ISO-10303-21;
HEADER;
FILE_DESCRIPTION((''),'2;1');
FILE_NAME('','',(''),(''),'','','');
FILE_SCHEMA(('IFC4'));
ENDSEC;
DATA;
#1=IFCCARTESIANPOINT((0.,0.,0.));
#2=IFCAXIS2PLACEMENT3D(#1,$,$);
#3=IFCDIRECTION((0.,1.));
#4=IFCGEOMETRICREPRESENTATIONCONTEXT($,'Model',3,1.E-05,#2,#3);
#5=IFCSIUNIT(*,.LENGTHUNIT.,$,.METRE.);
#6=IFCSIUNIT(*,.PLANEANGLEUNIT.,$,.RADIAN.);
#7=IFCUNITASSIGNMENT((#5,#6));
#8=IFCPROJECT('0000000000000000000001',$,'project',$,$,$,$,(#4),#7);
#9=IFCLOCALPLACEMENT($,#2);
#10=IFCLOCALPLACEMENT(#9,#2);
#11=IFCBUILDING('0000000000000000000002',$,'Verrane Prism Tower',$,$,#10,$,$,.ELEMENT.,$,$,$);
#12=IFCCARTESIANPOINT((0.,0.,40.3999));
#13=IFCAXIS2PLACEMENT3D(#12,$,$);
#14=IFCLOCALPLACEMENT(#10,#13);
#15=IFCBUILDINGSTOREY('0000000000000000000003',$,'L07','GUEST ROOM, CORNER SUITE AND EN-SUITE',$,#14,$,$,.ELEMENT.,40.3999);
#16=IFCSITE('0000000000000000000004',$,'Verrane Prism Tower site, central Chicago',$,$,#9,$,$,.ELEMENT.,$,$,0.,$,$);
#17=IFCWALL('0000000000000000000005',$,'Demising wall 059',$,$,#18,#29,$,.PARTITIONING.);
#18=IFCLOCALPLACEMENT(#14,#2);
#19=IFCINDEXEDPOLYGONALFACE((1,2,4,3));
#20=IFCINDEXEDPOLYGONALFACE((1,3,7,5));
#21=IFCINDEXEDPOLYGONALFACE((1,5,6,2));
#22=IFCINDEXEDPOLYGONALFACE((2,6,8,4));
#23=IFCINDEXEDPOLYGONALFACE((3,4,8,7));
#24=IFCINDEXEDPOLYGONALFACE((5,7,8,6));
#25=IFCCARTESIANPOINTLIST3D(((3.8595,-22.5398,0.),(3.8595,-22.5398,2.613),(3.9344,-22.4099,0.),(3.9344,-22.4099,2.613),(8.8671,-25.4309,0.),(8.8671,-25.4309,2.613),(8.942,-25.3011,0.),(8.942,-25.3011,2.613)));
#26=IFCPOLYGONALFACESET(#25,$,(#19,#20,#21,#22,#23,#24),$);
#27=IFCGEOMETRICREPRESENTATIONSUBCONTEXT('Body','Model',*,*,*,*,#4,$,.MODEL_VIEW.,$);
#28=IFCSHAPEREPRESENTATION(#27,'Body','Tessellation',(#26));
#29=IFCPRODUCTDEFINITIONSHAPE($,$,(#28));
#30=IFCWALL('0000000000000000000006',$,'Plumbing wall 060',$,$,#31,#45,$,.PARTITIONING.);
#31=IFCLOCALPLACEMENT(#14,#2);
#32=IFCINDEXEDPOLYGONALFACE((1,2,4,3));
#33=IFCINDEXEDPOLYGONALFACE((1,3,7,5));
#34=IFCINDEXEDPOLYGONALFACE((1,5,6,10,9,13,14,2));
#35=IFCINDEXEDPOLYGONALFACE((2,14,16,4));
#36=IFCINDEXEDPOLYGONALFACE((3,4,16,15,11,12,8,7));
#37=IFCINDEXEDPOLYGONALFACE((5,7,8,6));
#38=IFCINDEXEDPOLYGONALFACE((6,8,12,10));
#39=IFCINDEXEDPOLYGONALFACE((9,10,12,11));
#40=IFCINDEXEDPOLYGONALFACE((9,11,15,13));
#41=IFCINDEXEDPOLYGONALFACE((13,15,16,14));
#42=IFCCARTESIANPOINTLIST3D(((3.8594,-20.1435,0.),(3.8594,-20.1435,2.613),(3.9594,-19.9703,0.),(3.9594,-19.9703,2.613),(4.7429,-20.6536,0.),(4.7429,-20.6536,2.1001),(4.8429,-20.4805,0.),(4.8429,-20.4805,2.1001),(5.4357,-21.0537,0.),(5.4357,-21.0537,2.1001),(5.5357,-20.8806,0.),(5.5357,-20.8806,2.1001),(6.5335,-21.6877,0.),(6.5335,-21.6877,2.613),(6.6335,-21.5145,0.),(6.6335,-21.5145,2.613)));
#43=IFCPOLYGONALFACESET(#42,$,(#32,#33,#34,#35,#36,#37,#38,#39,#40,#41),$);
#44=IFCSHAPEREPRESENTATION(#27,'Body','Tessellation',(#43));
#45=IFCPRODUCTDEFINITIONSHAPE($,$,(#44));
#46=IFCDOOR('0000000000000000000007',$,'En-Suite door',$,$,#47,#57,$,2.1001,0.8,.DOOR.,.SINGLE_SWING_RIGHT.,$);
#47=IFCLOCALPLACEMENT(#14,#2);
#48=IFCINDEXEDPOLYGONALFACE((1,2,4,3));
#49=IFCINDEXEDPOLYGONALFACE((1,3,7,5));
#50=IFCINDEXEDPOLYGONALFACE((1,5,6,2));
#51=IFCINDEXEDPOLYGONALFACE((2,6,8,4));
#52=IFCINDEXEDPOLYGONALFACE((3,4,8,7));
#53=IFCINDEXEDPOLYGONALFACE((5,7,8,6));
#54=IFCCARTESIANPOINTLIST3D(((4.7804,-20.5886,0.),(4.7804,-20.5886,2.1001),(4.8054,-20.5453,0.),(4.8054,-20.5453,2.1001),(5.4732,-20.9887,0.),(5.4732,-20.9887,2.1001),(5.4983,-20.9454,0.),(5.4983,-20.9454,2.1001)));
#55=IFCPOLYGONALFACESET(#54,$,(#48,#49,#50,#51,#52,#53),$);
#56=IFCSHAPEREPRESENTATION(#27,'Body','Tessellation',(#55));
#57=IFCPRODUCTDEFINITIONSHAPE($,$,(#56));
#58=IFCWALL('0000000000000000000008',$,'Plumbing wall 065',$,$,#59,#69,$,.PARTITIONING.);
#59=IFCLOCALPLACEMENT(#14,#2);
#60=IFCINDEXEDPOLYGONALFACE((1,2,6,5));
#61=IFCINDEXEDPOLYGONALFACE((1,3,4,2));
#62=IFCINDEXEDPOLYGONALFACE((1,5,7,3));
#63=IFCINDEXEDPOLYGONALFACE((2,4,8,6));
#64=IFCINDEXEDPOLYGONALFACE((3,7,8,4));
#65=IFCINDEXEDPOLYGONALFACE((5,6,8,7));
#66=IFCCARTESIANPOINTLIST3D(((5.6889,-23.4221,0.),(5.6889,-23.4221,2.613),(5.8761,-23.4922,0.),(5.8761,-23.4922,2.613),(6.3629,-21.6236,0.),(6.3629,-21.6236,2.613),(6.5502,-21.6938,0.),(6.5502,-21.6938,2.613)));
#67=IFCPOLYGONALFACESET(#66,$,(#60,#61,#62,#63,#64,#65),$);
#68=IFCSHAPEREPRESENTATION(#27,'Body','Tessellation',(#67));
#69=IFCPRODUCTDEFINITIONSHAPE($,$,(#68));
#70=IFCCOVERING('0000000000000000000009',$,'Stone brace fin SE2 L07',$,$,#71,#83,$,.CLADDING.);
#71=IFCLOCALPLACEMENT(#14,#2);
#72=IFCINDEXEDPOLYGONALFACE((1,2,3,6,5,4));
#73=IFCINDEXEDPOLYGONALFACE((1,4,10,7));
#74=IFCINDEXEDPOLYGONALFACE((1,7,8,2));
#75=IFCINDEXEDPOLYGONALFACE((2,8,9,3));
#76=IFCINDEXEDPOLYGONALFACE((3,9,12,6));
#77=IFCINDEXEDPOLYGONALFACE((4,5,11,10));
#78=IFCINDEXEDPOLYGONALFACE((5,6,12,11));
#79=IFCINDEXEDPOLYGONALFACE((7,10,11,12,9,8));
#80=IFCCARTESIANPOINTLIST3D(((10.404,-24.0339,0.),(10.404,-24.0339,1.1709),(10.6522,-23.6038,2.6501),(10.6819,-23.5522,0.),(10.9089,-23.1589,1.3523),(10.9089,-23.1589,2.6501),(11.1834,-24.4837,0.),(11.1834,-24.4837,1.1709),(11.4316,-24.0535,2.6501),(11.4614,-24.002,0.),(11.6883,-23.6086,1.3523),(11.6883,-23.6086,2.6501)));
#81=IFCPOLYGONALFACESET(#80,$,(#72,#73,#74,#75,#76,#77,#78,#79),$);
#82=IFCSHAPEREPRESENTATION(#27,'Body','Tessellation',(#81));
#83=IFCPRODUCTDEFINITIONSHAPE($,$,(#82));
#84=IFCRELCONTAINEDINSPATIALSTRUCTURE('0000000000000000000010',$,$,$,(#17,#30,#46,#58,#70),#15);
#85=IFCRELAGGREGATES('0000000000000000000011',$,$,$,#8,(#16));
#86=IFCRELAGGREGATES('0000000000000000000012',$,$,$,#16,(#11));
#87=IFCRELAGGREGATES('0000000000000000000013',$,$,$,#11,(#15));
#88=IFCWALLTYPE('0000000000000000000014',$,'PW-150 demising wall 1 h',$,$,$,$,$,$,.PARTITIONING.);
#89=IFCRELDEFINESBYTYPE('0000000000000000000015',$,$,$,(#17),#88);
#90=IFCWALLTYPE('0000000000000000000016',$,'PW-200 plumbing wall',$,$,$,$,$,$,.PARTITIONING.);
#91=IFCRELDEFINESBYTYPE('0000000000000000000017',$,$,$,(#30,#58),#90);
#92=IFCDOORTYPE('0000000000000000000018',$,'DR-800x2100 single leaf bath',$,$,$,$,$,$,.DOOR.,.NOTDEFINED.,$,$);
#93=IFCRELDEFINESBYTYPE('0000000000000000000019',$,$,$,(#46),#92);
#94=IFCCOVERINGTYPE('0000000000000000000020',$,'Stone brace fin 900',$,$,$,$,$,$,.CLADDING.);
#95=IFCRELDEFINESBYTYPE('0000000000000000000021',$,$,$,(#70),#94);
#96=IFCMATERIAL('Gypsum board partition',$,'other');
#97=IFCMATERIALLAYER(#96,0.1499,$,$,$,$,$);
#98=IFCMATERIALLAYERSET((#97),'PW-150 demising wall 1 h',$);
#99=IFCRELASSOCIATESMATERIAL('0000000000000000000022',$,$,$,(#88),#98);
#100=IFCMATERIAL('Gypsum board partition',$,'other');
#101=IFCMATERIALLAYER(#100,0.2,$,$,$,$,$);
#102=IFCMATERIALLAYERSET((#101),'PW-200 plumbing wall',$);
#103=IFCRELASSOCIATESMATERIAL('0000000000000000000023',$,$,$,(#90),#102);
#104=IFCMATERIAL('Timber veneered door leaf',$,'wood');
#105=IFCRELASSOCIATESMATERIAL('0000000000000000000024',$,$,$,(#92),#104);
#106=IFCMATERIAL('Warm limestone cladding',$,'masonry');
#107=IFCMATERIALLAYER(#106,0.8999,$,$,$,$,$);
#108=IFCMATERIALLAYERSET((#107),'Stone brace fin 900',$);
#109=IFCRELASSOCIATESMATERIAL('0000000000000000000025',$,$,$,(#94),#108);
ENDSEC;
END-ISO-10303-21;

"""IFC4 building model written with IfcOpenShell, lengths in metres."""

from ifc_helpers import new_model, si_unit, direction, frame, frame_2d, origin, place, context, subcontext, project, spatial, polyline, rectangle, outline, extrude, material, layer, layer_set, type_object, element, fill, save


model = new_model("IFC4")

# Units and contexts
model_context = context("Model", 3, precision=1e-05, world=origin(), true_north=direction((0.0, 1.0)))
body_context = subcontext(model_context, "Body", "Model", "MODEL_VIEW")
ifc_project = project(units=[si_unit("LENGTHUNIT", "METRE"), si_unit("PLANEANGLEUNIT", "RADIAN")], contexts=[model_context])

# Site, building, storey
site_placement = place(None, origin())
site = spatial("IfcSite", under=ifc_project, at=site_placement, Name="Verrane Prism Tower site, central Chicago", CompositionType="ELEMENT", RefElevation=0.0)
building_placement = place(site_placement, origin())
building = spatial("IfcBuilding", under=site, at=building_placement, Name="Verrane Prism Tower", CompositionType="ELEMENT")
storey_placement = place(building_placement, frame((0.0, 0.0, 40.3999)))
storey = spatial("IfcBuildingStorey", under=building, at=storey_placement, Name="L07", Description="GUEST ROOM, CORNER SUITE AND EN-SUITE", CompositionType="ELEMENT", Elevation=40.3999)

# Wall
ifc_material_1 = material(Name="Gypsum board partition", Category="other")
ifc_layer_1 = layer(ifc_material_1, 0.1499)
ifc_layer_set_1 = layer_set([ifc_layer_1], Name="PW-150 demising wall 1 h")
wall_type_1 = type_object("IfcWallType", Name="PW-150 demising wall 1 h", PredefinedType="PARTITIONING", material=ifc_layer_set_1)
wall_1_placement = place(storey_placement, frame((3.897, -22.4749, 0.0), z_axis=(0.0, 0.0, 1.0), x_axis=(0.866026, -0.499999, 0.0)))
element("IfcWall", 1, at=wall_1_placement, inside=storey, type_object=wall_type_1, Name="Demising wall 059", PredefinedType="PARTITIONING", context=body_context, shape_type="SweptSolid", body=[
    extrude(rectangle(XDim=5.7822, YDim=0.1499, at=frame_2d((2.8911, 0.0))), origin(), (0.0, 0.0, 1.0), 2.613),
])

# Wall, opening, door
ifc_material_2 = material(Name="Gypsum board partition", Category="other")
ifc_layer_2 = layer(ifc_material_2, 0.2)
ifc_layer_set_2 = layer_set([ifc_layer_2], Name="PW-200 plumbing wall")
wall_type_2 = type_object("IfcWallType", Name="PW-200 plumbing wall", PredefinedType="PARTITIONING", material=ifc_layer_set_2)
wall_2_placement = place(storey_placement, frame((6.5835, -21.6011, 0.0), z_axis=(0.0, 0.0, 1.0), x_axis=(-0.865981, 0.500076, 0.0)))
wall_2 = element("IfcWall", 2, at=wall_2_placement, inside=storey, type_object=wall_type_2, Name="Plumbing wall 060", PredefinedType="PARTITIONING", context=body_context, shape_type="SweptSolid", body=[
    extrude(rectangle(XDim=3.0879, YDim=0.2, at=frame_2d((1.5439, 0.0))), origin(), (0.0, 0.0, 1.0), 2.613),
])
opening_placement = place(wall_2_placement, frame((1.2678, 0.0, 0.0)))
opening = element("IfcOpeningElement", 3, at=opening_placement, cuts=wall_2, PredefinedType="OPENING", context=body_context, shape_type="SweptSolid", body=[
    extrude(rectangle(XDim=0.8, YDim=2.1001, at=frame_2d((0.3999, 1.05))), frame((0.0, 0.1099, 0.0), z_axis=(0.0, -1.0, 0.0), x_axis=(1.0, 0.0, 0.0)), (0.0, 0.0, 1.0), 0.22),
])
ifc_material_3 = material(Name="Timber veneered door leaf", Category="wood")
door_type = type_object("IfcDoorType", Name="DR-800x2100 single leaf bath", OperationType="NOTDEFINED", PredefinedType="DOOR", material=ifc_material_3)
door_placement = place(opening_placement, origin())
door = element("IfcDoor", 4, at=door_placement, inside=storey, type_object=door_type, Name="En-Suite door", OperationType="SINGLE_SWING_RIGHT", OverallHeight=2.1001, OverallWidth=0.8, PredefinedType="DOOR", context=body_context, shape_type="SweptSolid", body=[
    extrude(rectangle(XDim=0.8, YDim=2.1001, at=frame_2d((0.3999, 1.05))), frame((0.0, 0.0249, 0.0), z_axis=(0.0, -1.0, 0.0), x_axis=(1.0, 0.0, 0.0)), (0.0, 0.0, 1.0), 0.05),
])
fill(opening, door)

# Wall
wall_3_placement = place(storey_placement, frame((5.7825, -23.4573, 0.0), z_axis=(0.0, 0.0, 1.0), x_axis=(0.350942, 0.936397, 0.0)))
element("IfcWall", 5, at=wall_3_placement, inside=storey, type_object=wall_type_2, Name="Plumbing wall 065", PredefinedType="PARTITIONING", context=body_context, shape_type="SweptSolid", body=[
    extrude(rectangle(XDim=1.9207, YDim=0.2, at=frame_2d((0.9604, 0.0))), origin(), (0.0, 0.0, 1.0), 2.613),
])

# Covering
ifc_material_4 = material(Name="Warm limestone cladding", Category="masonry")
ifc_layer_3 = layer(ifc_material_4, 0.8999)
ifc_layer_set_3 = layer_set([ifc_layer_3], Name="Stone brace fin 900")
covering_type = type_object("IfcCoveringType", Name="Stone brace fin 900", PredefinedType="CLADDING", material=ifc_layer_set_3)
covering_placement = place(storey_placement, frame((10.7937, -24.2588, 0.0), z_axis=(0.0, 0.0, 1.0), x_axis=(0.499778, 0.866153, 0.0)))
element("IfcCovering", 6, at=covering_placement, inside=storey, type_object=covering_type, Name="Stone brace fin SE2 L07", PredefinedType="CLADDING", context=body_context, shape_type="SweptSolid", body=[
    extrude(outline(polyline([(1.0103, 2.6501), (0.4966, 2.6501), (0.0, 1.1709), (0.0, 0.0), (0.5562, 0.0), (1.0103, 1.3523), (1.0103, 2.6501)])), frame((0.0, 0.45, 0.0), z_axis=(0.0, -1.0, 0.0), x_axis=(1.0, 0.0, 0.0)), (0.0, 0.0, 1.0), 0.8999),
])

save(model, "model.ifc")
